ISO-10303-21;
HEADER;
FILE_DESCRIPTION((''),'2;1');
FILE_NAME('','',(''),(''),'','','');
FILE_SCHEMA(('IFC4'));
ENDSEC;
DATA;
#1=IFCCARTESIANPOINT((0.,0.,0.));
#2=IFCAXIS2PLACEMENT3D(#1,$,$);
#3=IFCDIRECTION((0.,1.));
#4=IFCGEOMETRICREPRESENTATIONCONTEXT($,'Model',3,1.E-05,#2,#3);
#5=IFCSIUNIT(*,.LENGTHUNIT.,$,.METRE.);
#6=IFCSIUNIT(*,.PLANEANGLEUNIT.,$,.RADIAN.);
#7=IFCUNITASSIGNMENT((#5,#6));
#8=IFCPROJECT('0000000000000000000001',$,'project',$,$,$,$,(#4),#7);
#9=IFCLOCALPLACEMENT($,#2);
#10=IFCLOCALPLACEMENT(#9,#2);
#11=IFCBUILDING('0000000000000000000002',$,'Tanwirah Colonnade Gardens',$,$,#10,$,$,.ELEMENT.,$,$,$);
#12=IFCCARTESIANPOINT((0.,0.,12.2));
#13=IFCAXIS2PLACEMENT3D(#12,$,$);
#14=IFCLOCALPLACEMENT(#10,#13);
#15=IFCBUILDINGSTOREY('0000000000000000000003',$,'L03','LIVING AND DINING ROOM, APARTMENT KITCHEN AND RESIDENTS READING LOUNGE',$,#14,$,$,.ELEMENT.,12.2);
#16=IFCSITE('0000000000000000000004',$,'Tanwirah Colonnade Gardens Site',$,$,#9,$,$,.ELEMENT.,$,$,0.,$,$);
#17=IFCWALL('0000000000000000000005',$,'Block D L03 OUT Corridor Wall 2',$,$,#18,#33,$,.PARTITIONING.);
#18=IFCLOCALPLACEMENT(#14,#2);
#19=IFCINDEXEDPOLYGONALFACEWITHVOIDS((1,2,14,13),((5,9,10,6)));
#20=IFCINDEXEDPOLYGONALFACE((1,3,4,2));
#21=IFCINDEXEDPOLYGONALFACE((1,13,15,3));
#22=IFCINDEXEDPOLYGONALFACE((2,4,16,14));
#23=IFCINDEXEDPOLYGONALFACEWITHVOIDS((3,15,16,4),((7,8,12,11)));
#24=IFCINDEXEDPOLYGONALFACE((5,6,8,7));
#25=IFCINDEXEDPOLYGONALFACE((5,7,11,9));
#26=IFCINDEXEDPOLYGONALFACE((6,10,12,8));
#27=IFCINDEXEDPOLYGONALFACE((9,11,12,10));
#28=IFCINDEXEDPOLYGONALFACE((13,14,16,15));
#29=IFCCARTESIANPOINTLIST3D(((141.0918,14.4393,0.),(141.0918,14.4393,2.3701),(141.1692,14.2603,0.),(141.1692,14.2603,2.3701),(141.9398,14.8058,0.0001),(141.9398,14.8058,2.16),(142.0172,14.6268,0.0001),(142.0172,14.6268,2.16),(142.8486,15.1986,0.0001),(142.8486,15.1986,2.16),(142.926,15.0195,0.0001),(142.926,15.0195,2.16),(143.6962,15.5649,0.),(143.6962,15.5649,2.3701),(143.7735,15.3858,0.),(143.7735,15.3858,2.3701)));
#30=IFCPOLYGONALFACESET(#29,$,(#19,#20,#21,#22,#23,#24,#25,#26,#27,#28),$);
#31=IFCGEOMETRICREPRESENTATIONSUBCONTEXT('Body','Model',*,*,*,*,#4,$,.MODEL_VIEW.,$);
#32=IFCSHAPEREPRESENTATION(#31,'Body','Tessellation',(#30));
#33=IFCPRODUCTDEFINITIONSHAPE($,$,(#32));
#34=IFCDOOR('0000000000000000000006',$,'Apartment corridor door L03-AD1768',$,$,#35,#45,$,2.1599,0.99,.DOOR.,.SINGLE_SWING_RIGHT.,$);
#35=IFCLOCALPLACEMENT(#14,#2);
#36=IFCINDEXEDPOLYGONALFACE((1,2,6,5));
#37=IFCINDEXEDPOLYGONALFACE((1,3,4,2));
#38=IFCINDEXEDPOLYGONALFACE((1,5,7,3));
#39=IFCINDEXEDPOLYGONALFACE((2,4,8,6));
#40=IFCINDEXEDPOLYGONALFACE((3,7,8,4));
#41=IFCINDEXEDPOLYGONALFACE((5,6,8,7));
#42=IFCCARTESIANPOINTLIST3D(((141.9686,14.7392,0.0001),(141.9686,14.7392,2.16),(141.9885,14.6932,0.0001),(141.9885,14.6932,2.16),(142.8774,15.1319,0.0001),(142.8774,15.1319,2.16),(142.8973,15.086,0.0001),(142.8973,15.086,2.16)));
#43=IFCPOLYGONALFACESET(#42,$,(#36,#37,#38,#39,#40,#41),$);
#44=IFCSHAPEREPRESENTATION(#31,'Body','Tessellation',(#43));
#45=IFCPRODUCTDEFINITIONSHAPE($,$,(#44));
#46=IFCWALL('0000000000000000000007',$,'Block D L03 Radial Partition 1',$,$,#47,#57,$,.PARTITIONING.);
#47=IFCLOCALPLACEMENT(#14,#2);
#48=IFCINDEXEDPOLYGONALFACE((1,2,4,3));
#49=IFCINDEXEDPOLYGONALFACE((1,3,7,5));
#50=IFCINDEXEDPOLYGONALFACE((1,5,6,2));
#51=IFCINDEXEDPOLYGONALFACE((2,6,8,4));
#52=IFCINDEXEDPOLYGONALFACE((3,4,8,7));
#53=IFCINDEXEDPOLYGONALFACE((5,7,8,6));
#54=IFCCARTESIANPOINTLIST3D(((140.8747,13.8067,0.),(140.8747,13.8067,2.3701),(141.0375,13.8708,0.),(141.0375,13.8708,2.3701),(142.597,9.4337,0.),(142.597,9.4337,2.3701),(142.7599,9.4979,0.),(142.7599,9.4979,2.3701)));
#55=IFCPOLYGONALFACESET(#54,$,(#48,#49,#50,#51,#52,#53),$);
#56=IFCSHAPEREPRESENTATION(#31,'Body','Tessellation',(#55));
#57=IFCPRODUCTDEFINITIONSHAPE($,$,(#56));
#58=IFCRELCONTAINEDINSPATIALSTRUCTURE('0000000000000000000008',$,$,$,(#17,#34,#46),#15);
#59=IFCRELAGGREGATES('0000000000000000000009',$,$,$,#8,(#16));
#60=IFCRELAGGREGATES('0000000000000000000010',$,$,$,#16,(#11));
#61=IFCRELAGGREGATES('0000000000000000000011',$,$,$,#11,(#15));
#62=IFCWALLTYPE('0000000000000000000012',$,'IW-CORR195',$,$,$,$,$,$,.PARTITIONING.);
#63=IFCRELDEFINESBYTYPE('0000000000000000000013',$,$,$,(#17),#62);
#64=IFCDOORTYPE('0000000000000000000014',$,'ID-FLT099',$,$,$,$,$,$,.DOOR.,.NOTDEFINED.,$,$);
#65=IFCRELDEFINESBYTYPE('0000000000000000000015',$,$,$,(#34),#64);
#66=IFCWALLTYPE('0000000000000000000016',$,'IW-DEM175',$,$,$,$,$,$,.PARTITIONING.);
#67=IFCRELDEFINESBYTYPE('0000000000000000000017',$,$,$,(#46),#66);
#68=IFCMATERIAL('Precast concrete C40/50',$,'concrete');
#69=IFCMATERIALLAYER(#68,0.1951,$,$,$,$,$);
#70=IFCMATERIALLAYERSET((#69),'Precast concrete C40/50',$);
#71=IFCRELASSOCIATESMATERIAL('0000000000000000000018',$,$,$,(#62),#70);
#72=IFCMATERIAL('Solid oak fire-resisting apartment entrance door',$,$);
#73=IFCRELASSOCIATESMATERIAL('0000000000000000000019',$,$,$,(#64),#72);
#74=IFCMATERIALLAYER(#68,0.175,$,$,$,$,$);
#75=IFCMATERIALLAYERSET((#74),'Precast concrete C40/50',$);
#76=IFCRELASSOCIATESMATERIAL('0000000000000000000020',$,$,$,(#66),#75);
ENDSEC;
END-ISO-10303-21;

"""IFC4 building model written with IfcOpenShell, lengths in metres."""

from ifc_helpers import new_model, si_unit, direction, frame, frame_2d, origin, place, context, subcontext, project, spatial, rectangle, extrude, material, layer, layer_set, type_object, element, fill, save


model = new_model("IFC4")

# Units and contexts
model_context = context("Model", 3, precision=1e-05, world=origin(), true_north=direction((0.0, 1.0)))
body_context = subcontext(model_context, "Body", "Model", "MODEL_VIEW")
ifc_project = project(units=[si_unit("LENGTHUNIT", "METRE"), si_unit("PLANEANGLEUNIT", "RADIAN")], contexts=[model_context])

# Site, building, storey
site_placement = place(None, origin())
site = spatial("IfcSite", under=ifc_project, at=site_placement, Name="Tanwirah Colonnade Gardens Site", CompositionType="ELEMENT", RefElevation=0.0)
building_placement = place(site_placement, origin())
building = spatial("IfcBuilding", under=site, at=building_placement, Name="Tanwirah Colonnade Gardens", CompositionType="ELEMENT")
storey_placement = place(building_placement, frame((0.0, 0.0, 12.2)))
storey = spatial("IfcBuildingStorey", under=building, at=storey_placement, Name="L03", Description="LIVING AND DINING ROOM, APARTMENT KITCHEN AND RESIDENTS READING LOUNGE", CompositionType="ELEMENT", Elevation=12.2)

# Shared definitions
ifc_material_1 = material(Name="Precast concrete C40/50", Category="concrete")

# Wall, opening, door
ifc_layer_1 = layer(ifc_material_1, 0.1951)
ifc_layer_set_1 = layer_set([ifc_layer_1], Name="Precast concrete C40/50")
wall_type_1 = type_object("IfcWallType", Name="IW-CORR195", PredefinedType="PARTITIONING", material=ifc_layer_set_1)
ifc_material_2 = material(Name="Solid oak fire-resisting apartment entrance door")
wall_1_placement = place(storey_placement, frame((141.1306, 14.3499, 0.0), z_axis=(0.0, 0.0, 1.0), x_axis=(0.917943, 0.396711, 0.0)))
wall_1 = element("IfcWall", 1, at=wall_1_placement, inside=storey, type_object=wall_type_1, Name="Block D L03 OUT Corridor Wall 2", PredefinedType="PARTITIONING", context=body_context, shape_type="SweptSolid", body=[
    extrude(rectangle(XDim=2.8372, YDim=0.1951, at=frame_2d((1.4185, 0.0))), origin(), (0.0, 0.0, 1.0), 2.3701),
])
opening_1_placement = place(wall_1_placement, frame((0.9236, 0.0, 0.0)))
opening_1 = element("IfcOpeningElement", 2, at=opening_1_placement, cuts=wall_1, PredefinedType="OPENING", context=body_context, shape_type="SweptSolid", body=[
    extrude(rectangle(XDim=0.99, YDim=2.1599, at=frame_2d((0.4951, 1.0801))), frame((0.0, 0.1074, 0.0), z_axis=(0.0, -1.0, 0.0), x_axis=(1.0, 0.0, 0.0)), (0.0, 0.0, 1.0), 0.2151),
])
door_type_1 = type_object("IfcDoorType", Name="ID-FLT099", OperationType="NOTDEFINED", PredefinedType="DOOR", material=ifc_material_2)
door_1_placement = place(opening_1_placement, origin())
door_1 = element("IfcDoor", 3, at=door_1_placement, inside=storey, type_object=door_type_1, Name="Apartment corridor door L03-AD1768", OperationType="SINGLE_SWING_RIGHT", OverallHeight=2.1599, OverallWidth=0.99, PredefinedType="DOOR", context=body_context, shape_type="SweptSolid", body=[
    extrude(rectangle(XDim=0.99, YDim=2.1599, at=frame_2d((0.4951, 1.0801))), frame((0.0, 0.0249, 0.0), z_axis=(0.0, -1.0, 0.0), x_axis=(1.0, 0.0, 0.0)), (0.0, 0.0, 1.0), 0.05),
])
fill(opening_1, door_1)

# Wall
ifc_layer_2 = layer(ifc_material_1, 0.175)
ifc_layer_set_2 = layer_set([ifc_layer_2], Name="Precast concrete C40/50")
wall_type_2 = type_object("IfcWallType", Name="IW-DEM175", PredefinedType="PARTITIONING", material=ifc_layer_set_2)
wall_2_placement = place(storey_placement, frame((140.9561, 13.8389, 0.0), z_axis=(0.0, 0.0, 1.0), x_axis=(0.366469, -0.93043, 0.0)))
element("IfcWall", 4, at=wall_2_placement, inside=storey, type_object=wall_type_2, Name="Block D L03 Radial Partition 1", PredefinedType="PARTITIONING", context=body_context, shape_type="SweptSolid", body=[
    extrude(rectangle(XDim=4.7, YDim=0.175, at=frame_2d((2.3501, 0.0))), origin(), (0.0, 0.0, 1.0), 2.3701),
])

save(model, "model.ifc")
